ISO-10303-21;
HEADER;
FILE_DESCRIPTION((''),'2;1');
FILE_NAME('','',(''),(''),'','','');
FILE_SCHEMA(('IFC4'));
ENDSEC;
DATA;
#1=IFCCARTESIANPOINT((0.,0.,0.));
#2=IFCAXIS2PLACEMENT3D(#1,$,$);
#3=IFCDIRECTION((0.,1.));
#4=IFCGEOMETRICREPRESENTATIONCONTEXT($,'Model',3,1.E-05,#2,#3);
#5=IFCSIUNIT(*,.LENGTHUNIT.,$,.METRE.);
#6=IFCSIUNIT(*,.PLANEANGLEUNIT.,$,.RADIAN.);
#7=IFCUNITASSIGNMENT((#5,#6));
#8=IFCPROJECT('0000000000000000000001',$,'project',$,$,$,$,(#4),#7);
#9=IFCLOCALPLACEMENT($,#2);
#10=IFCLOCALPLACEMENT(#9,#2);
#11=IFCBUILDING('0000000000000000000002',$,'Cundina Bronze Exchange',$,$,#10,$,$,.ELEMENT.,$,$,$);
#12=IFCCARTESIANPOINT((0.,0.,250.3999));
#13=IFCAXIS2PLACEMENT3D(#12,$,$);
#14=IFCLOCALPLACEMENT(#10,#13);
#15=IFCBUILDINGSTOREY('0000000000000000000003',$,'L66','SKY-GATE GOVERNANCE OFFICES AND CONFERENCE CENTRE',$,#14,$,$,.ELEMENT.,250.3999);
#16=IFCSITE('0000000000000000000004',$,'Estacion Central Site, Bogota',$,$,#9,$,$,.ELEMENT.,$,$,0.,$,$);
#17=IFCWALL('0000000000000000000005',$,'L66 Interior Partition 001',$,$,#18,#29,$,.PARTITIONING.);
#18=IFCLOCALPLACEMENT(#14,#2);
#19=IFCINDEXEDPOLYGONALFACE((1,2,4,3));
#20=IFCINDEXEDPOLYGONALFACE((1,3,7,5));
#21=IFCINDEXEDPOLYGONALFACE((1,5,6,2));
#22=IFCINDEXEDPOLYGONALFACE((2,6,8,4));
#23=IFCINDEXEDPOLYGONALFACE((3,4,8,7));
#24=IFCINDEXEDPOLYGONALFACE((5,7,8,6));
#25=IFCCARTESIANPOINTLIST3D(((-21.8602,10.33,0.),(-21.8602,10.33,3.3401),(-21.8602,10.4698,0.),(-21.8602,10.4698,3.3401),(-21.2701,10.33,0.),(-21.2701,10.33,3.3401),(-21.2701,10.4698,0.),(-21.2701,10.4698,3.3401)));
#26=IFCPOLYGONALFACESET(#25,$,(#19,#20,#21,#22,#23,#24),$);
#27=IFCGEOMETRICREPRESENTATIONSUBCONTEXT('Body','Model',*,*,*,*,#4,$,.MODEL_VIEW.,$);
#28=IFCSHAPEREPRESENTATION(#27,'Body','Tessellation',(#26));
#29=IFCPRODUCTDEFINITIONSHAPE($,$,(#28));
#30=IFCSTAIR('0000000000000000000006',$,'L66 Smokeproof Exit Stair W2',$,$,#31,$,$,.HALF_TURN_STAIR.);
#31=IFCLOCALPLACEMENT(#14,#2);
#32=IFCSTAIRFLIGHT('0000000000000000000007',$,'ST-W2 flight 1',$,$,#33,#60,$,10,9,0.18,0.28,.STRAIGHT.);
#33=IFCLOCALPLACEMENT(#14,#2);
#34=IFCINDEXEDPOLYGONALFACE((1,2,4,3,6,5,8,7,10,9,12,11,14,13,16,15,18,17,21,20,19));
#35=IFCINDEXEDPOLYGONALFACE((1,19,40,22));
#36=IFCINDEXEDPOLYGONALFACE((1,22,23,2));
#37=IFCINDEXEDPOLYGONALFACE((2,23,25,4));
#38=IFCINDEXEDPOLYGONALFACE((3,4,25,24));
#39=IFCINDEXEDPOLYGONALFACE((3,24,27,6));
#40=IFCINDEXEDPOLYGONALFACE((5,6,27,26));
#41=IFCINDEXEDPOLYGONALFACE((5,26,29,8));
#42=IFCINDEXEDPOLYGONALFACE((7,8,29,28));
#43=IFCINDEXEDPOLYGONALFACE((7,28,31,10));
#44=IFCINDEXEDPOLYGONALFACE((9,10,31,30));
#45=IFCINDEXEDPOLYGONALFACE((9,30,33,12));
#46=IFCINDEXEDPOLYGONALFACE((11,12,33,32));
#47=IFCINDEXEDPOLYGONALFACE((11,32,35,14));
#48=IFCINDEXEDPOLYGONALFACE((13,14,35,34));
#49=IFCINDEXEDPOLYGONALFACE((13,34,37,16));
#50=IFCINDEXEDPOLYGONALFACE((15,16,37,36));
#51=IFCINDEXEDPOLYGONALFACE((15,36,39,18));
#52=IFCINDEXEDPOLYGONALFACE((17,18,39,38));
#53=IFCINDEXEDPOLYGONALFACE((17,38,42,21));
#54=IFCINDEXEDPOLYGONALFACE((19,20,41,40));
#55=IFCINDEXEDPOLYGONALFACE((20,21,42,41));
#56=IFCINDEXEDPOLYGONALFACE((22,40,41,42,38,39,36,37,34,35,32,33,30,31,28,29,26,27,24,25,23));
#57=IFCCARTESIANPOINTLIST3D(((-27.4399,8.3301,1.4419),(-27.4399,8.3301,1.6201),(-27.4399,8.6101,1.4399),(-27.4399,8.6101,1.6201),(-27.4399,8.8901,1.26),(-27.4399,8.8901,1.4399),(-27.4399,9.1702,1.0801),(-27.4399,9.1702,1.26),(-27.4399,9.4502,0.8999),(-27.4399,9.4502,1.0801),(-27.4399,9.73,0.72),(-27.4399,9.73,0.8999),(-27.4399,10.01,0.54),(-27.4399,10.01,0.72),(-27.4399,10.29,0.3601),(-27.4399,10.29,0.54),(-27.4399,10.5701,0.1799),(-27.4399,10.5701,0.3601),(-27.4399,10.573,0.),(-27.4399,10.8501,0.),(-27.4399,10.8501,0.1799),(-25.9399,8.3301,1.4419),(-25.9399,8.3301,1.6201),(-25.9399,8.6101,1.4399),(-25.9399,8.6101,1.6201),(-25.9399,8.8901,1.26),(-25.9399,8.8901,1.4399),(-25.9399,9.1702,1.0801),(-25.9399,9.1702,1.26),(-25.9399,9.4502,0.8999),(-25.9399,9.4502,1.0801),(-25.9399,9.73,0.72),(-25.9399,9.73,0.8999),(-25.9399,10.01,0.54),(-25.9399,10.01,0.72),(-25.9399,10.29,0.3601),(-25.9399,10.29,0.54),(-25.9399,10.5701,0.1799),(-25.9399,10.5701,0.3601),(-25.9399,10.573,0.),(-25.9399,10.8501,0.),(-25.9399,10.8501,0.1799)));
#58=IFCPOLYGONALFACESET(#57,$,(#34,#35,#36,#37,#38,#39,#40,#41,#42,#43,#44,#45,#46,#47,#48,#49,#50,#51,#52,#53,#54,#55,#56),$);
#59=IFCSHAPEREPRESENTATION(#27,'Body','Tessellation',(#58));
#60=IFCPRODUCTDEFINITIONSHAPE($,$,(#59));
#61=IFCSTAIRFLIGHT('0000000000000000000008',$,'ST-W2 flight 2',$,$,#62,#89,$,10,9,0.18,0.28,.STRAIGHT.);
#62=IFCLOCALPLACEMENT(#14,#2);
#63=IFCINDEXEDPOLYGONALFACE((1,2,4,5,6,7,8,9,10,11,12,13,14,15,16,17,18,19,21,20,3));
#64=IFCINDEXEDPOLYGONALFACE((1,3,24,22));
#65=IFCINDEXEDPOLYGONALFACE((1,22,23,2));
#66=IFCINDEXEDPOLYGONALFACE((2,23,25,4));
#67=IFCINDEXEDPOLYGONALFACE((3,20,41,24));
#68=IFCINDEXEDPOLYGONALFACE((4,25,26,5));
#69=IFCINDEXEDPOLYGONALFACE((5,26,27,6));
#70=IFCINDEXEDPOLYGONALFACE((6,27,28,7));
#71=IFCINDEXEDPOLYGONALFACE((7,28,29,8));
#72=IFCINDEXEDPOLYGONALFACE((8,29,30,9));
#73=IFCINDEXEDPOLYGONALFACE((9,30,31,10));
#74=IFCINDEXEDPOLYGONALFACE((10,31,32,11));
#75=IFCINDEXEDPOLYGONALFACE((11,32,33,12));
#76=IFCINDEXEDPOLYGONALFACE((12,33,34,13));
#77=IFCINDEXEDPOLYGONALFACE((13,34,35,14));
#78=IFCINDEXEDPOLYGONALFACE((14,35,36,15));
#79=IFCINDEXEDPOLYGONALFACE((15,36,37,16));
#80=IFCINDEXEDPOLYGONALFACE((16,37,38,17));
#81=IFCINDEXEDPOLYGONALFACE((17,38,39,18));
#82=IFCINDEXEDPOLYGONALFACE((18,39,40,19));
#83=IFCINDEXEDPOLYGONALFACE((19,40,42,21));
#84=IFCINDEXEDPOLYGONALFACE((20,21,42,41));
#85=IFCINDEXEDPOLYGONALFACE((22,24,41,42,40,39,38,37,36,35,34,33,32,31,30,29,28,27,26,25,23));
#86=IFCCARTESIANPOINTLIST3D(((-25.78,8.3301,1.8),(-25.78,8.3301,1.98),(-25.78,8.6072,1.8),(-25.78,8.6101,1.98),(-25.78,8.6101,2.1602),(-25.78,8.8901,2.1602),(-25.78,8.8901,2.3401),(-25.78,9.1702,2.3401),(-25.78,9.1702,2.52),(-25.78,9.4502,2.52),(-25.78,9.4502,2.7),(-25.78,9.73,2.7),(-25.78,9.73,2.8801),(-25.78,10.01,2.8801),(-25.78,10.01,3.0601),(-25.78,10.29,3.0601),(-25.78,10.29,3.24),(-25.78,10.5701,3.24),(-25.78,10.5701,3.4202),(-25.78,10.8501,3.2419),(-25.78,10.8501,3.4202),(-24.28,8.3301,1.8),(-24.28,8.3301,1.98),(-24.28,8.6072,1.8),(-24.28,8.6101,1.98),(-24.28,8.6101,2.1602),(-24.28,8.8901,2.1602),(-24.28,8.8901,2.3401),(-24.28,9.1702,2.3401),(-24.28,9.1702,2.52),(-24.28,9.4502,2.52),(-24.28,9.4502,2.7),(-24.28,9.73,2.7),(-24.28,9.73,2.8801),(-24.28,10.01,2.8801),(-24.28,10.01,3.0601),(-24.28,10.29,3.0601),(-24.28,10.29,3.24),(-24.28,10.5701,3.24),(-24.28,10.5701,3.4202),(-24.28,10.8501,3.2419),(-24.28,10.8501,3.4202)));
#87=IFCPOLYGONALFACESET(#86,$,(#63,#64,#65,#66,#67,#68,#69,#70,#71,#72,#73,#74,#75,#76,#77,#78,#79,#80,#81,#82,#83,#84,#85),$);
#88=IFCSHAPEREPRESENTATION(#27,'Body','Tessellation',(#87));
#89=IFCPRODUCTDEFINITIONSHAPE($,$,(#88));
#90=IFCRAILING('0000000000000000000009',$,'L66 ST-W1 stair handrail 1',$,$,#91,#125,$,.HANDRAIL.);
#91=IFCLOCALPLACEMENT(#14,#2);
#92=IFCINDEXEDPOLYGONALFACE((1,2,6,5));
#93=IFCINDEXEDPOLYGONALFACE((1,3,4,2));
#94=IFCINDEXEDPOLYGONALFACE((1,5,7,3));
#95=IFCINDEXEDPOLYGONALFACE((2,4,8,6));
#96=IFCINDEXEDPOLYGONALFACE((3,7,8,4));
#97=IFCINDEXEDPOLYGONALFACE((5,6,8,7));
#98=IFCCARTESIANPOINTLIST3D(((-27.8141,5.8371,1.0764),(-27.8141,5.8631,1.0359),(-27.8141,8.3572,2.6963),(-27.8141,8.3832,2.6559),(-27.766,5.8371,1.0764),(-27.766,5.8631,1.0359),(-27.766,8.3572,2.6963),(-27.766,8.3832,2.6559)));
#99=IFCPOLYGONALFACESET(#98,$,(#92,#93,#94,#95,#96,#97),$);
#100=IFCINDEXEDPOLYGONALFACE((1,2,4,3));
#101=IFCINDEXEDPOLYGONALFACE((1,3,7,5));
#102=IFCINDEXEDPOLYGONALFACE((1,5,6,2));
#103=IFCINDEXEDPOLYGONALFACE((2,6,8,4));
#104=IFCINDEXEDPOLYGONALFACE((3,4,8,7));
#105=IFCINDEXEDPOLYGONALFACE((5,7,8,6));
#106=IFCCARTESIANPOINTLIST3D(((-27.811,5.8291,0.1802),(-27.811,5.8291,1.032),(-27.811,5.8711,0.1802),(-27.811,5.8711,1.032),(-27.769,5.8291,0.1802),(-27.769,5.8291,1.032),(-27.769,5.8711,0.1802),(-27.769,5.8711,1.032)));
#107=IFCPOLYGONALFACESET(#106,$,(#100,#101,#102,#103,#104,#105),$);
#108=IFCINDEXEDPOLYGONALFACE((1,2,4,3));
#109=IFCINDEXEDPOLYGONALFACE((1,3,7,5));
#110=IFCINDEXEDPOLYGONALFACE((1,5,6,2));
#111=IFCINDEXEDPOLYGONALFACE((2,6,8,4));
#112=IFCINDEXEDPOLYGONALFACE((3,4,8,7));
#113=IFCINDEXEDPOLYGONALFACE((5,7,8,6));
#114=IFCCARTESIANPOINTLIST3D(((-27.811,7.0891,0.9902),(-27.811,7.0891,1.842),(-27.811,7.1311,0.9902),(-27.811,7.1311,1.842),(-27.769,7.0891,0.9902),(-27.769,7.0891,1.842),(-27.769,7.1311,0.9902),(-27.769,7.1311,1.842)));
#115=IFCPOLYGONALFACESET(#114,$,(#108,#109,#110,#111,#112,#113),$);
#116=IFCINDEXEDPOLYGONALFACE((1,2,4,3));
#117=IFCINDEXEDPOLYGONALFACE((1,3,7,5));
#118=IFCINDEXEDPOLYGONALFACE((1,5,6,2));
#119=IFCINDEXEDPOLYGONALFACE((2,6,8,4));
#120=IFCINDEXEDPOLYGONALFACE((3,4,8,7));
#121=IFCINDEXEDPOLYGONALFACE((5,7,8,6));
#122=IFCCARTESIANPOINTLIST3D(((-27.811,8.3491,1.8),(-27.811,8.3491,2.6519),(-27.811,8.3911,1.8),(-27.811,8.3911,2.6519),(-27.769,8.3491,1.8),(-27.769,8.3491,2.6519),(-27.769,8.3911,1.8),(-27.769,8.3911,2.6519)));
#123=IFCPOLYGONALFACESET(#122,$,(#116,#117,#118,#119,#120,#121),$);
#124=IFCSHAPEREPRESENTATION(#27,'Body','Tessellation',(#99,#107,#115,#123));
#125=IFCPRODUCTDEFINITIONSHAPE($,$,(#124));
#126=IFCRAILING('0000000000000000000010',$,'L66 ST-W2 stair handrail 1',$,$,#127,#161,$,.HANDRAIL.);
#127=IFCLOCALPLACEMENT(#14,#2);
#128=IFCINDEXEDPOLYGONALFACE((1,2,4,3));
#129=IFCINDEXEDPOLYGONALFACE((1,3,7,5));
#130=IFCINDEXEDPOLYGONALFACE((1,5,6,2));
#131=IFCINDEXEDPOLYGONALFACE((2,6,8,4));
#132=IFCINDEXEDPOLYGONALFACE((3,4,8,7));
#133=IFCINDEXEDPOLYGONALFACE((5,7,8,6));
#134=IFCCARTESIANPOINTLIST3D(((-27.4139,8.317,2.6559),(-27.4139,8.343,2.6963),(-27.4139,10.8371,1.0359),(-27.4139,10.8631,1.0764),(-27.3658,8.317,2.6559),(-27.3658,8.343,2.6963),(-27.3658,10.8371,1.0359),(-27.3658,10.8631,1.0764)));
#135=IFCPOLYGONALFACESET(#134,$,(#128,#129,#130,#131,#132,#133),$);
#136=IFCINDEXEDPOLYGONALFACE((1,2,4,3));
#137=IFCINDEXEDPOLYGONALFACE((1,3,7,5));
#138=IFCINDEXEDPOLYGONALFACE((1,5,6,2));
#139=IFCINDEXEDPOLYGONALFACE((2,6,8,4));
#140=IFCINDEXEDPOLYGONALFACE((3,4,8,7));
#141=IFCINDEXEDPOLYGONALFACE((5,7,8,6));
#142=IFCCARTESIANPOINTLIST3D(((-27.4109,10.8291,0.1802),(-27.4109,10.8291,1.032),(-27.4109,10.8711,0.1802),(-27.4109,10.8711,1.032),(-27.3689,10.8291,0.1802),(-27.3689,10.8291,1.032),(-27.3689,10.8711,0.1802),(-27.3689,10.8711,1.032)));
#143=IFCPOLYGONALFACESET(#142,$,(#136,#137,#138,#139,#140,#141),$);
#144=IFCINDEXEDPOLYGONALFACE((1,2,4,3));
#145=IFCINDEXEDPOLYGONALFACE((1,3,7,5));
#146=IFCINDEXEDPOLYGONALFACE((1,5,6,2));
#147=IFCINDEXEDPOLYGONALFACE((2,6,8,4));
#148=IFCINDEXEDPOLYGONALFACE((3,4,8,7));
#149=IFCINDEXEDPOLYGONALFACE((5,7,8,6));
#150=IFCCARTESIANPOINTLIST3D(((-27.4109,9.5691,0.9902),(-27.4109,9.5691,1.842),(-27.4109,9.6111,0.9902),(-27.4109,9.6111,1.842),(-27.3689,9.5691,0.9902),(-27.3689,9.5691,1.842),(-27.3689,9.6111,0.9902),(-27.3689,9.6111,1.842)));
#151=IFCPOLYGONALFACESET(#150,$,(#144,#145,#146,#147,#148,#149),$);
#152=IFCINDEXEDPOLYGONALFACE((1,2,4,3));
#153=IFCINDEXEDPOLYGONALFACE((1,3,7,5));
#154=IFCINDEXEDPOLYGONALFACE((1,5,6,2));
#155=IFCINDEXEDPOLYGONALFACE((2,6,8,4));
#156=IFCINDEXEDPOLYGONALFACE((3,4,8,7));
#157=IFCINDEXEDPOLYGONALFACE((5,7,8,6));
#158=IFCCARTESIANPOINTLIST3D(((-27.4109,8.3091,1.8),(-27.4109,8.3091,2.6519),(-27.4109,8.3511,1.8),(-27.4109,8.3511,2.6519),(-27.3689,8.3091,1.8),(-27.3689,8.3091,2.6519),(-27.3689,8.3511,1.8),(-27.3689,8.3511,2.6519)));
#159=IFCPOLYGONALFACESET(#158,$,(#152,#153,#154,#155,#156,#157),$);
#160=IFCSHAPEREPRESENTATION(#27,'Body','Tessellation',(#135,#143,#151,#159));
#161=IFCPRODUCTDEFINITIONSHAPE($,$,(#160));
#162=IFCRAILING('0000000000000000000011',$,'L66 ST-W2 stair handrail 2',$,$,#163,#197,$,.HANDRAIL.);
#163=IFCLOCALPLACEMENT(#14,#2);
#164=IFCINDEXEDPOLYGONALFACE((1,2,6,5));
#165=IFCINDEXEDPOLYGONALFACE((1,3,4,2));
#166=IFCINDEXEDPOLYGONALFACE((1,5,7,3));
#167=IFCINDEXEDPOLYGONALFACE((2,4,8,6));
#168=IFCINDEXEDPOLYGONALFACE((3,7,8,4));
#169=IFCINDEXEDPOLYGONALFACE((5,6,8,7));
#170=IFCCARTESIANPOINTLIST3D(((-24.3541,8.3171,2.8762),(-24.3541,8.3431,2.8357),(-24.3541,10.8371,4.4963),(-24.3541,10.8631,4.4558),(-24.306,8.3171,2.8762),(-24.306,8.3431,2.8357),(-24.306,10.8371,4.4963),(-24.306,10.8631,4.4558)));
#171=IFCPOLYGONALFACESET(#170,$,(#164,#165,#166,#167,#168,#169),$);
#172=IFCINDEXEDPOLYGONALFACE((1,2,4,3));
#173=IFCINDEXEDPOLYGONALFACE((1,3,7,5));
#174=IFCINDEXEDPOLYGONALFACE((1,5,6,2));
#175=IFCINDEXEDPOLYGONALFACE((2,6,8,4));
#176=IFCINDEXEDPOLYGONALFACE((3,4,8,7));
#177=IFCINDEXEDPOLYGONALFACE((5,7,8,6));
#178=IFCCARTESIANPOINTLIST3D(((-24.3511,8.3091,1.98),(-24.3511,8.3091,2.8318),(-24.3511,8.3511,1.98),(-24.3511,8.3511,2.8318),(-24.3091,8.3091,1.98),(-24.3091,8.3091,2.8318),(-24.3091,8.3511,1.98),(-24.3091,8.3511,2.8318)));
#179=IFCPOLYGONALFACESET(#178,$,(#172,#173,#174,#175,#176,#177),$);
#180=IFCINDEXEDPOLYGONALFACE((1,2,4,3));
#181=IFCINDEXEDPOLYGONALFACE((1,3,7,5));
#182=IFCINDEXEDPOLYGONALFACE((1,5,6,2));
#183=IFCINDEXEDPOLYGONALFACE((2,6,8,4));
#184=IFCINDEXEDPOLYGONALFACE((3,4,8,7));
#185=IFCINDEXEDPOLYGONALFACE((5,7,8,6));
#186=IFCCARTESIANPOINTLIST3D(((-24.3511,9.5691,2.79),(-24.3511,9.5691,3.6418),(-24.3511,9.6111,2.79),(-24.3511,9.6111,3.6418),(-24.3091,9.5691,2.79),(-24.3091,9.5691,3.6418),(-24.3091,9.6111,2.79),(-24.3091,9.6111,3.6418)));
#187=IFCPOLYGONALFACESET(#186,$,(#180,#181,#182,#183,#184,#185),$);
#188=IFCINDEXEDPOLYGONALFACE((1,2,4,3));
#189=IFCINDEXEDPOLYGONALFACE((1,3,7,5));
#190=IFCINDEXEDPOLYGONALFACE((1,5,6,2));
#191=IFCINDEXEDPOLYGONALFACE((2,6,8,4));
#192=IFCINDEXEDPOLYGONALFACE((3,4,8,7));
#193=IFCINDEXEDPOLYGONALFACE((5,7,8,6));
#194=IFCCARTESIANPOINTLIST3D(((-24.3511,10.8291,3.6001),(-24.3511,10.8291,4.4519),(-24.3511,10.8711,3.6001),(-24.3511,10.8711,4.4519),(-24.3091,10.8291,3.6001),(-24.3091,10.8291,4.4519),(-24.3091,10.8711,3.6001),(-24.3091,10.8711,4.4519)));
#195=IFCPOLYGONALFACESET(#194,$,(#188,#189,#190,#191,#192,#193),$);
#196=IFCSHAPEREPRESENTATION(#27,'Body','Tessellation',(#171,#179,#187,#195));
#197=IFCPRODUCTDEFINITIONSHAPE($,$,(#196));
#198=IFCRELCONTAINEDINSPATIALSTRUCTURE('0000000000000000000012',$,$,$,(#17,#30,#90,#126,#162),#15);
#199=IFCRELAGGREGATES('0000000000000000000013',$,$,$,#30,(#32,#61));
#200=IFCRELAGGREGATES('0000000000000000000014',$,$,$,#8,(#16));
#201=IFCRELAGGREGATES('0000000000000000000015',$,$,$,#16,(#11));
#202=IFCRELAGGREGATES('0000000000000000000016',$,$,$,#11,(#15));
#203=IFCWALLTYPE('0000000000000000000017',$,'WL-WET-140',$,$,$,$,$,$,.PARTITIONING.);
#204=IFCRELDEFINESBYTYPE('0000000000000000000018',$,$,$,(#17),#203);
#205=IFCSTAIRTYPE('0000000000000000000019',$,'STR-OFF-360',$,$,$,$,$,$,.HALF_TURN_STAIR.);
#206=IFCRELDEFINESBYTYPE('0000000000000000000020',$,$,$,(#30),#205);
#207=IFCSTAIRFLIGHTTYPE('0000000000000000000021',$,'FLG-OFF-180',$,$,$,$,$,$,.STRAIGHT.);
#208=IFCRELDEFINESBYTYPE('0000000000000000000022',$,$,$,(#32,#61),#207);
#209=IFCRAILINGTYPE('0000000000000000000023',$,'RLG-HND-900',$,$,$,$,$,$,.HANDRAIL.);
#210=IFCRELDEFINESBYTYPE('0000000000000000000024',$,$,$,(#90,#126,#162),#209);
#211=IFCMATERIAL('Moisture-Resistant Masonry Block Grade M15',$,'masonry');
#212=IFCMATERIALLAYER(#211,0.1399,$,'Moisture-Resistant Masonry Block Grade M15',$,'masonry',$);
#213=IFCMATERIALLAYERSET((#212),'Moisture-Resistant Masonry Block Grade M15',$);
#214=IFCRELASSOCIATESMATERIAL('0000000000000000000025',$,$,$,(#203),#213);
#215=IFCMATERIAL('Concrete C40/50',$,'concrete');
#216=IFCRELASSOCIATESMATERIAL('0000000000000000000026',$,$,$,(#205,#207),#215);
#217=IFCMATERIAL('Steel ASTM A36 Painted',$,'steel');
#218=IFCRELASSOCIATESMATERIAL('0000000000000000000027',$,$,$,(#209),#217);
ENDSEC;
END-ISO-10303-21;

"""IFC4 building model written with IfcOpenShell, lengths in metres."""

from ifc_helpers import new_model, si_unit, direction, frame, frame_2d, origin, origin_2d, place, context, subcontext, project, spatial, polyline, rectangle, outline, extrude, material, layer, layer_set, type_object, element, aggregate, save


model = new_model("IFC4")

# Units and contexts
model_context = context("Model", 3, precision=1e-05, world=origin(), true_north=direction((0.0, 1.0)))
body_context = subcontext(model_context, "Body", "Model", "MODEL_VIEW")
ifc_project = project(units=[si_unit("LENGTHUNIT", "METRE"), si_unit("PLANEANGLEUNIT", "RADIAN")], contexts=[model_context])

# Site, building, storey
site_placement = place(None, origin())
site = spatial("IfcSite", under=ifc_project, at=site_placement, Name="Estacion Central Site, Bogota", CompositionType="ELEMENT", RefElevation=0.0)
building_placement = place(site_placement, origin())
building = spatial("IfcBuilding", under=site, at=building_placement, Name="Cundina Bronze Exchange", CompositionType="ELEMENT")
storey_placement = place(building_placement, frame((0.0, 0.0, 250.3999)))
storey = spatial("IfcBuildingStorey", under=building, at=storey_placement, Name="L66", Description="SKY-GATE GOVERNANCE OFFICES AND CONFERENCE CENTRE", CompositionType="ELEMENT", Elevation=250.3999)

# Shared definitions
ifc_material_1 = material(Name="Steel ASTM A36 Painted", Category="steel")

# Wall
ifc_material_2 = material(Name="Moisture-Resistant Masonry Block Grade M15", Category="masonry")
ifc_layer_1 = layer(ifc_material_2, 0.1399, Name="Moisture-Resistant Masonry Block Grade M15", Category="masonry")
ifc_layer_set_1 = layer_set([ifc_layer_1], Name="Moisture-Resistant Masonry Block Grade M15")
wall_type_1 = type_object("IfcWallType", Name="WL-WET-140", PredefinedType="PARTITIONING", material=ifc_layer_set_1)
wall_1_placement = place(storey_placement, frame((-21.8601, 10.3999, 0.0), z_axis=(0.0, 0.0, 1.0), x_axis=(1.0, 0.0, 0.0)))
element("IfcWall", 1, at=wall_1_placement, inside=storey, type_object=wall_type_1, Name="L66 Interior Partition 001", PredefinedType="PARTITIONING", context=body_context, shape_type="SweptSolid", body=[
    extrude(rectangle(XDim=0.5901, YDim=0.1399, at=frame_2d((0.2949, 0.0))), origin(), (0.0, 0.0, 1.0), 3.3401),
])

# Stair, stair flights
ifc_material_3 = material(Name="Concrete C40/50", Category="concrete")
stair_type = type_object("IfcStairType", Name="STR-OFF-360", PredefinedType="HALF_TURN_STAIR", material=ifc_material_3)
stair_placement = place(storey_placement, origin())
stair = element("IfcStair", 2, at=stair_placement, inside=storey, type_object=stair_type, Name="L66 Smokeproof Exit Stair W2", PredefinedType="HALF_TURN_STAIR")
stair_flight_type = type_object("IfcStairFlightType", Name="FLG-OFF-180", PredefinedType="STRAIGHT", material=ifc_material_3)
stair_flight_1_placement = place(storey_placement, frame((-26.6899, 10.8501, 0.0), z_axis=(0.0, 0.0, 1.0), x_axis=(0.0, -1.0, 0.0)))
stair_flight_1 = element("IfcStairFlight", 3, at=stair_flight_1_placement, type_object=stair_flight_type, Name="ST-W2 flight 1", NumberOfRisers=10, NumberOfTreads=9, PredefinedType="STRAIGHT", RiserHeight=0.18, TreadLength=0.28, context=body_context, shape_type="SweptSolid", body=[
    extrude(outline(polyline([(0.0, 0.0), (0.0, 0.1799), (0.28, 0.1799), (0.28, 0.3601), (0.5601, 0.3601), (0.5601, 0.54), (0.8401, 0.54), (0.8401, 0.72), (1.1201, 0.72), (1.1201, 0.8999), (1.3999, 0.8999), (1.3999, 1.0801), (1.6799, 1.0801), (1.6799, 1.26), (1.96, 1.26), (1.96, 1.4399), (2.24, 1.4399), (2.24, 1.6201), (2.52, 1.6201), (2.52, 1.8), (2.52, 1.4419), (0.2771, 0.0), (0.0, 0.0)])), frame((0.0, 0.75, 0.0), z_axis=(0.0, -1.0, 0.0), x_axis=(1.0, 0.0, 0.0)), (0.0, 0.0, 1.0), 1.5),
])
stair_flight_2_placement = place(storey_placement, frame((-25.03, 8.3301, 1.8), z_axis=(0.0, 0.0, 1.0), x_axis=(0.0, 1.0, 0.0)))
stair_flight_2 = element("IfcStairFlight", 4, at=stair_flight_2_placement, type_object=stair_flight_type, Name="ST-W2 flight 2", NumberOfRisers=10, NumberOfTreads=9, PredefinedType="STRAIGHT", RiserHeight=0.18, TreadLength=0.28, context=body_context, shape_type="SweptSolid", body=[
    extrude(outline(polyline([(0.0, 0.0), (0.0, 0.1799), (0.28, 0.1799), (0.28, 0.3601), (0.5601, 0.3601), (0.5601, 0.54), (0.8401, 0.54), (0.8401, 0.72), (1.1201, 0.72), (1.1201, 0.8999), (1.3999, 0.8999), (1.3999, 1.0801), (1.6799, 1.0801), (1.6799, 1.26), (1.96, 1.26), (1.96, 1.4399), (2.24, 1.4399), (2.24, 1.6201), (2.52, 1.6201), (2.52, 1.8), (2.52, 1.4419), (0.2771, 0.0), (0.0, 0.0)])), frame((0.0, 0.75, 0.0), z_axis=(0.0, -1.0, 0.0), x_axis=(1.0, 0.0, 0.0)), (0.0, 0.0, 1.0), 1.5),
])
aggregate(stair, [stair_flight_1, stair_flight_2])

# Railings
railing_type_1 = type_object("IfcRailingType", Name="RLG-HND-900", PredefinedType="HANDRAIL", material=ifc_material_1)
railing_1_placement = place(storey_placement, frame((-27.79, 5.8501, 0.1802)))
element("IfcRailing", 5, at=railing_1_placement, inside=storey, type_object=railing_type_1, Name="L66 ST-W1 stair handrail 1", PredefinedType="HANDRAIL", context=body_context, shape_type="SweptSolid", body=[
    extrude(rectangle(XDim=0.0481, YDim=0.0481, at=origin_2d()), frame((0.0, 0.0, 0.876), z_axis=(0.0, 0.8412, 0.540725), x_axis=(-1.0, 0.0, 0.0)), (0.0, 0.0, 1.0), 2.9958),
    extrude(rectangle(XDim=0.042, YDim=0.042, at=origin_2d()), origin(), (0.0, 0.0, 1.0), 0.8518),
    extrude(rectangle(XDim=0.042, YDim=0.042, at=origin_2d()), frame((0.0, 1.26, 0.8101)), (0.0, 0.0, 1.0), 0.8518),
    extrude(rectangle(XDim=0.042, YDim=0.042, at=origin_2d()), frame((0.0, 2.52, 1.6199)), (0.0, 0.0, 1.0), 0.8518),
])
railing_2_placement = place(storey_placement, frame((-27.3899, 10.8501, 0.1802)))
element("IfcRailing", 6, at=railing_2_placement, inside=storey, type_object=railing_type_1, Name="L66 ST-W2 stair handrail 1", PredefinedType="HANDRAIL", context=body_context, shape_type="SweptSolid", body=[
    extrude(rectangle(XDim=0.0481, YDim=0.0481, at=origin_2d()), frame((0.0, 0.0, 0.876), z_axis=(0.0, -0.8412, 0.540725), x_axis=(1.0, 0.0, 0.0)), (0.0, 0.0, 1.0), 2.9958),
    extrude(rectangle(XDim=0.042, YDim=0.042, at=origin_2d()), origin(), (0.0, 0.0, 1.0), 0.8518),
    extrude(rectangle(XDim=0.042, YDim=0.042, at=origin_2d()), frame((0.0, -1.26, 0.8101)), (0.0, 0.0, 1.0), 0.8518),
    extrude(rectangle(XDim=0.042, YDim=0.042, at=origin_2d()), frame((0.0, -2.52, 1.6199)), (0.0, 0.0, 1.0), 0.8518),
])
railing_3_placement = place(storey_placement, frame((-24.3301, 8.3301, 1.98)))
element("IfcRailing", 7, at=railing_3_placement, inside=storey, type_object=railing_type_1, Name="L66 ST-W2 stair handrail 2", PredefinedType="HANDRAIL", context=body_context, shape_type="SweptSolid", body=[
    extrude(rectangle(XDim=0.0481, YDim=0.0481, at=origin_2d()), frame((0.0, 0.0, 0.876), z_axis=(0.0, 0.841163, 0.540782), x_axis=(-1.0, 0.0, 0.0)), (0.0, 0.0, 1.0), 2.9958),
    extrude(rectangle(XDim=0.042, YDim=0.042, at=origin_2d()), origin(), (0.0, 0.0, 1.0), 0.8518),
    extrude(rectangle(XDim=0.042, YDim=0.042, at=origin_2d()), frame((0.0, 1.26, 0.8101)), (0.0, 0.0, 1.0), 0.8518),
    extrude(rectangle(XDim=0.042, YDim=0.042, at=origin_2d()), frame((0.0, 2.52, 1.6201)), (0.0, 0.0, 1.0), 0.8518),
])

save(model, "model.ifc")
